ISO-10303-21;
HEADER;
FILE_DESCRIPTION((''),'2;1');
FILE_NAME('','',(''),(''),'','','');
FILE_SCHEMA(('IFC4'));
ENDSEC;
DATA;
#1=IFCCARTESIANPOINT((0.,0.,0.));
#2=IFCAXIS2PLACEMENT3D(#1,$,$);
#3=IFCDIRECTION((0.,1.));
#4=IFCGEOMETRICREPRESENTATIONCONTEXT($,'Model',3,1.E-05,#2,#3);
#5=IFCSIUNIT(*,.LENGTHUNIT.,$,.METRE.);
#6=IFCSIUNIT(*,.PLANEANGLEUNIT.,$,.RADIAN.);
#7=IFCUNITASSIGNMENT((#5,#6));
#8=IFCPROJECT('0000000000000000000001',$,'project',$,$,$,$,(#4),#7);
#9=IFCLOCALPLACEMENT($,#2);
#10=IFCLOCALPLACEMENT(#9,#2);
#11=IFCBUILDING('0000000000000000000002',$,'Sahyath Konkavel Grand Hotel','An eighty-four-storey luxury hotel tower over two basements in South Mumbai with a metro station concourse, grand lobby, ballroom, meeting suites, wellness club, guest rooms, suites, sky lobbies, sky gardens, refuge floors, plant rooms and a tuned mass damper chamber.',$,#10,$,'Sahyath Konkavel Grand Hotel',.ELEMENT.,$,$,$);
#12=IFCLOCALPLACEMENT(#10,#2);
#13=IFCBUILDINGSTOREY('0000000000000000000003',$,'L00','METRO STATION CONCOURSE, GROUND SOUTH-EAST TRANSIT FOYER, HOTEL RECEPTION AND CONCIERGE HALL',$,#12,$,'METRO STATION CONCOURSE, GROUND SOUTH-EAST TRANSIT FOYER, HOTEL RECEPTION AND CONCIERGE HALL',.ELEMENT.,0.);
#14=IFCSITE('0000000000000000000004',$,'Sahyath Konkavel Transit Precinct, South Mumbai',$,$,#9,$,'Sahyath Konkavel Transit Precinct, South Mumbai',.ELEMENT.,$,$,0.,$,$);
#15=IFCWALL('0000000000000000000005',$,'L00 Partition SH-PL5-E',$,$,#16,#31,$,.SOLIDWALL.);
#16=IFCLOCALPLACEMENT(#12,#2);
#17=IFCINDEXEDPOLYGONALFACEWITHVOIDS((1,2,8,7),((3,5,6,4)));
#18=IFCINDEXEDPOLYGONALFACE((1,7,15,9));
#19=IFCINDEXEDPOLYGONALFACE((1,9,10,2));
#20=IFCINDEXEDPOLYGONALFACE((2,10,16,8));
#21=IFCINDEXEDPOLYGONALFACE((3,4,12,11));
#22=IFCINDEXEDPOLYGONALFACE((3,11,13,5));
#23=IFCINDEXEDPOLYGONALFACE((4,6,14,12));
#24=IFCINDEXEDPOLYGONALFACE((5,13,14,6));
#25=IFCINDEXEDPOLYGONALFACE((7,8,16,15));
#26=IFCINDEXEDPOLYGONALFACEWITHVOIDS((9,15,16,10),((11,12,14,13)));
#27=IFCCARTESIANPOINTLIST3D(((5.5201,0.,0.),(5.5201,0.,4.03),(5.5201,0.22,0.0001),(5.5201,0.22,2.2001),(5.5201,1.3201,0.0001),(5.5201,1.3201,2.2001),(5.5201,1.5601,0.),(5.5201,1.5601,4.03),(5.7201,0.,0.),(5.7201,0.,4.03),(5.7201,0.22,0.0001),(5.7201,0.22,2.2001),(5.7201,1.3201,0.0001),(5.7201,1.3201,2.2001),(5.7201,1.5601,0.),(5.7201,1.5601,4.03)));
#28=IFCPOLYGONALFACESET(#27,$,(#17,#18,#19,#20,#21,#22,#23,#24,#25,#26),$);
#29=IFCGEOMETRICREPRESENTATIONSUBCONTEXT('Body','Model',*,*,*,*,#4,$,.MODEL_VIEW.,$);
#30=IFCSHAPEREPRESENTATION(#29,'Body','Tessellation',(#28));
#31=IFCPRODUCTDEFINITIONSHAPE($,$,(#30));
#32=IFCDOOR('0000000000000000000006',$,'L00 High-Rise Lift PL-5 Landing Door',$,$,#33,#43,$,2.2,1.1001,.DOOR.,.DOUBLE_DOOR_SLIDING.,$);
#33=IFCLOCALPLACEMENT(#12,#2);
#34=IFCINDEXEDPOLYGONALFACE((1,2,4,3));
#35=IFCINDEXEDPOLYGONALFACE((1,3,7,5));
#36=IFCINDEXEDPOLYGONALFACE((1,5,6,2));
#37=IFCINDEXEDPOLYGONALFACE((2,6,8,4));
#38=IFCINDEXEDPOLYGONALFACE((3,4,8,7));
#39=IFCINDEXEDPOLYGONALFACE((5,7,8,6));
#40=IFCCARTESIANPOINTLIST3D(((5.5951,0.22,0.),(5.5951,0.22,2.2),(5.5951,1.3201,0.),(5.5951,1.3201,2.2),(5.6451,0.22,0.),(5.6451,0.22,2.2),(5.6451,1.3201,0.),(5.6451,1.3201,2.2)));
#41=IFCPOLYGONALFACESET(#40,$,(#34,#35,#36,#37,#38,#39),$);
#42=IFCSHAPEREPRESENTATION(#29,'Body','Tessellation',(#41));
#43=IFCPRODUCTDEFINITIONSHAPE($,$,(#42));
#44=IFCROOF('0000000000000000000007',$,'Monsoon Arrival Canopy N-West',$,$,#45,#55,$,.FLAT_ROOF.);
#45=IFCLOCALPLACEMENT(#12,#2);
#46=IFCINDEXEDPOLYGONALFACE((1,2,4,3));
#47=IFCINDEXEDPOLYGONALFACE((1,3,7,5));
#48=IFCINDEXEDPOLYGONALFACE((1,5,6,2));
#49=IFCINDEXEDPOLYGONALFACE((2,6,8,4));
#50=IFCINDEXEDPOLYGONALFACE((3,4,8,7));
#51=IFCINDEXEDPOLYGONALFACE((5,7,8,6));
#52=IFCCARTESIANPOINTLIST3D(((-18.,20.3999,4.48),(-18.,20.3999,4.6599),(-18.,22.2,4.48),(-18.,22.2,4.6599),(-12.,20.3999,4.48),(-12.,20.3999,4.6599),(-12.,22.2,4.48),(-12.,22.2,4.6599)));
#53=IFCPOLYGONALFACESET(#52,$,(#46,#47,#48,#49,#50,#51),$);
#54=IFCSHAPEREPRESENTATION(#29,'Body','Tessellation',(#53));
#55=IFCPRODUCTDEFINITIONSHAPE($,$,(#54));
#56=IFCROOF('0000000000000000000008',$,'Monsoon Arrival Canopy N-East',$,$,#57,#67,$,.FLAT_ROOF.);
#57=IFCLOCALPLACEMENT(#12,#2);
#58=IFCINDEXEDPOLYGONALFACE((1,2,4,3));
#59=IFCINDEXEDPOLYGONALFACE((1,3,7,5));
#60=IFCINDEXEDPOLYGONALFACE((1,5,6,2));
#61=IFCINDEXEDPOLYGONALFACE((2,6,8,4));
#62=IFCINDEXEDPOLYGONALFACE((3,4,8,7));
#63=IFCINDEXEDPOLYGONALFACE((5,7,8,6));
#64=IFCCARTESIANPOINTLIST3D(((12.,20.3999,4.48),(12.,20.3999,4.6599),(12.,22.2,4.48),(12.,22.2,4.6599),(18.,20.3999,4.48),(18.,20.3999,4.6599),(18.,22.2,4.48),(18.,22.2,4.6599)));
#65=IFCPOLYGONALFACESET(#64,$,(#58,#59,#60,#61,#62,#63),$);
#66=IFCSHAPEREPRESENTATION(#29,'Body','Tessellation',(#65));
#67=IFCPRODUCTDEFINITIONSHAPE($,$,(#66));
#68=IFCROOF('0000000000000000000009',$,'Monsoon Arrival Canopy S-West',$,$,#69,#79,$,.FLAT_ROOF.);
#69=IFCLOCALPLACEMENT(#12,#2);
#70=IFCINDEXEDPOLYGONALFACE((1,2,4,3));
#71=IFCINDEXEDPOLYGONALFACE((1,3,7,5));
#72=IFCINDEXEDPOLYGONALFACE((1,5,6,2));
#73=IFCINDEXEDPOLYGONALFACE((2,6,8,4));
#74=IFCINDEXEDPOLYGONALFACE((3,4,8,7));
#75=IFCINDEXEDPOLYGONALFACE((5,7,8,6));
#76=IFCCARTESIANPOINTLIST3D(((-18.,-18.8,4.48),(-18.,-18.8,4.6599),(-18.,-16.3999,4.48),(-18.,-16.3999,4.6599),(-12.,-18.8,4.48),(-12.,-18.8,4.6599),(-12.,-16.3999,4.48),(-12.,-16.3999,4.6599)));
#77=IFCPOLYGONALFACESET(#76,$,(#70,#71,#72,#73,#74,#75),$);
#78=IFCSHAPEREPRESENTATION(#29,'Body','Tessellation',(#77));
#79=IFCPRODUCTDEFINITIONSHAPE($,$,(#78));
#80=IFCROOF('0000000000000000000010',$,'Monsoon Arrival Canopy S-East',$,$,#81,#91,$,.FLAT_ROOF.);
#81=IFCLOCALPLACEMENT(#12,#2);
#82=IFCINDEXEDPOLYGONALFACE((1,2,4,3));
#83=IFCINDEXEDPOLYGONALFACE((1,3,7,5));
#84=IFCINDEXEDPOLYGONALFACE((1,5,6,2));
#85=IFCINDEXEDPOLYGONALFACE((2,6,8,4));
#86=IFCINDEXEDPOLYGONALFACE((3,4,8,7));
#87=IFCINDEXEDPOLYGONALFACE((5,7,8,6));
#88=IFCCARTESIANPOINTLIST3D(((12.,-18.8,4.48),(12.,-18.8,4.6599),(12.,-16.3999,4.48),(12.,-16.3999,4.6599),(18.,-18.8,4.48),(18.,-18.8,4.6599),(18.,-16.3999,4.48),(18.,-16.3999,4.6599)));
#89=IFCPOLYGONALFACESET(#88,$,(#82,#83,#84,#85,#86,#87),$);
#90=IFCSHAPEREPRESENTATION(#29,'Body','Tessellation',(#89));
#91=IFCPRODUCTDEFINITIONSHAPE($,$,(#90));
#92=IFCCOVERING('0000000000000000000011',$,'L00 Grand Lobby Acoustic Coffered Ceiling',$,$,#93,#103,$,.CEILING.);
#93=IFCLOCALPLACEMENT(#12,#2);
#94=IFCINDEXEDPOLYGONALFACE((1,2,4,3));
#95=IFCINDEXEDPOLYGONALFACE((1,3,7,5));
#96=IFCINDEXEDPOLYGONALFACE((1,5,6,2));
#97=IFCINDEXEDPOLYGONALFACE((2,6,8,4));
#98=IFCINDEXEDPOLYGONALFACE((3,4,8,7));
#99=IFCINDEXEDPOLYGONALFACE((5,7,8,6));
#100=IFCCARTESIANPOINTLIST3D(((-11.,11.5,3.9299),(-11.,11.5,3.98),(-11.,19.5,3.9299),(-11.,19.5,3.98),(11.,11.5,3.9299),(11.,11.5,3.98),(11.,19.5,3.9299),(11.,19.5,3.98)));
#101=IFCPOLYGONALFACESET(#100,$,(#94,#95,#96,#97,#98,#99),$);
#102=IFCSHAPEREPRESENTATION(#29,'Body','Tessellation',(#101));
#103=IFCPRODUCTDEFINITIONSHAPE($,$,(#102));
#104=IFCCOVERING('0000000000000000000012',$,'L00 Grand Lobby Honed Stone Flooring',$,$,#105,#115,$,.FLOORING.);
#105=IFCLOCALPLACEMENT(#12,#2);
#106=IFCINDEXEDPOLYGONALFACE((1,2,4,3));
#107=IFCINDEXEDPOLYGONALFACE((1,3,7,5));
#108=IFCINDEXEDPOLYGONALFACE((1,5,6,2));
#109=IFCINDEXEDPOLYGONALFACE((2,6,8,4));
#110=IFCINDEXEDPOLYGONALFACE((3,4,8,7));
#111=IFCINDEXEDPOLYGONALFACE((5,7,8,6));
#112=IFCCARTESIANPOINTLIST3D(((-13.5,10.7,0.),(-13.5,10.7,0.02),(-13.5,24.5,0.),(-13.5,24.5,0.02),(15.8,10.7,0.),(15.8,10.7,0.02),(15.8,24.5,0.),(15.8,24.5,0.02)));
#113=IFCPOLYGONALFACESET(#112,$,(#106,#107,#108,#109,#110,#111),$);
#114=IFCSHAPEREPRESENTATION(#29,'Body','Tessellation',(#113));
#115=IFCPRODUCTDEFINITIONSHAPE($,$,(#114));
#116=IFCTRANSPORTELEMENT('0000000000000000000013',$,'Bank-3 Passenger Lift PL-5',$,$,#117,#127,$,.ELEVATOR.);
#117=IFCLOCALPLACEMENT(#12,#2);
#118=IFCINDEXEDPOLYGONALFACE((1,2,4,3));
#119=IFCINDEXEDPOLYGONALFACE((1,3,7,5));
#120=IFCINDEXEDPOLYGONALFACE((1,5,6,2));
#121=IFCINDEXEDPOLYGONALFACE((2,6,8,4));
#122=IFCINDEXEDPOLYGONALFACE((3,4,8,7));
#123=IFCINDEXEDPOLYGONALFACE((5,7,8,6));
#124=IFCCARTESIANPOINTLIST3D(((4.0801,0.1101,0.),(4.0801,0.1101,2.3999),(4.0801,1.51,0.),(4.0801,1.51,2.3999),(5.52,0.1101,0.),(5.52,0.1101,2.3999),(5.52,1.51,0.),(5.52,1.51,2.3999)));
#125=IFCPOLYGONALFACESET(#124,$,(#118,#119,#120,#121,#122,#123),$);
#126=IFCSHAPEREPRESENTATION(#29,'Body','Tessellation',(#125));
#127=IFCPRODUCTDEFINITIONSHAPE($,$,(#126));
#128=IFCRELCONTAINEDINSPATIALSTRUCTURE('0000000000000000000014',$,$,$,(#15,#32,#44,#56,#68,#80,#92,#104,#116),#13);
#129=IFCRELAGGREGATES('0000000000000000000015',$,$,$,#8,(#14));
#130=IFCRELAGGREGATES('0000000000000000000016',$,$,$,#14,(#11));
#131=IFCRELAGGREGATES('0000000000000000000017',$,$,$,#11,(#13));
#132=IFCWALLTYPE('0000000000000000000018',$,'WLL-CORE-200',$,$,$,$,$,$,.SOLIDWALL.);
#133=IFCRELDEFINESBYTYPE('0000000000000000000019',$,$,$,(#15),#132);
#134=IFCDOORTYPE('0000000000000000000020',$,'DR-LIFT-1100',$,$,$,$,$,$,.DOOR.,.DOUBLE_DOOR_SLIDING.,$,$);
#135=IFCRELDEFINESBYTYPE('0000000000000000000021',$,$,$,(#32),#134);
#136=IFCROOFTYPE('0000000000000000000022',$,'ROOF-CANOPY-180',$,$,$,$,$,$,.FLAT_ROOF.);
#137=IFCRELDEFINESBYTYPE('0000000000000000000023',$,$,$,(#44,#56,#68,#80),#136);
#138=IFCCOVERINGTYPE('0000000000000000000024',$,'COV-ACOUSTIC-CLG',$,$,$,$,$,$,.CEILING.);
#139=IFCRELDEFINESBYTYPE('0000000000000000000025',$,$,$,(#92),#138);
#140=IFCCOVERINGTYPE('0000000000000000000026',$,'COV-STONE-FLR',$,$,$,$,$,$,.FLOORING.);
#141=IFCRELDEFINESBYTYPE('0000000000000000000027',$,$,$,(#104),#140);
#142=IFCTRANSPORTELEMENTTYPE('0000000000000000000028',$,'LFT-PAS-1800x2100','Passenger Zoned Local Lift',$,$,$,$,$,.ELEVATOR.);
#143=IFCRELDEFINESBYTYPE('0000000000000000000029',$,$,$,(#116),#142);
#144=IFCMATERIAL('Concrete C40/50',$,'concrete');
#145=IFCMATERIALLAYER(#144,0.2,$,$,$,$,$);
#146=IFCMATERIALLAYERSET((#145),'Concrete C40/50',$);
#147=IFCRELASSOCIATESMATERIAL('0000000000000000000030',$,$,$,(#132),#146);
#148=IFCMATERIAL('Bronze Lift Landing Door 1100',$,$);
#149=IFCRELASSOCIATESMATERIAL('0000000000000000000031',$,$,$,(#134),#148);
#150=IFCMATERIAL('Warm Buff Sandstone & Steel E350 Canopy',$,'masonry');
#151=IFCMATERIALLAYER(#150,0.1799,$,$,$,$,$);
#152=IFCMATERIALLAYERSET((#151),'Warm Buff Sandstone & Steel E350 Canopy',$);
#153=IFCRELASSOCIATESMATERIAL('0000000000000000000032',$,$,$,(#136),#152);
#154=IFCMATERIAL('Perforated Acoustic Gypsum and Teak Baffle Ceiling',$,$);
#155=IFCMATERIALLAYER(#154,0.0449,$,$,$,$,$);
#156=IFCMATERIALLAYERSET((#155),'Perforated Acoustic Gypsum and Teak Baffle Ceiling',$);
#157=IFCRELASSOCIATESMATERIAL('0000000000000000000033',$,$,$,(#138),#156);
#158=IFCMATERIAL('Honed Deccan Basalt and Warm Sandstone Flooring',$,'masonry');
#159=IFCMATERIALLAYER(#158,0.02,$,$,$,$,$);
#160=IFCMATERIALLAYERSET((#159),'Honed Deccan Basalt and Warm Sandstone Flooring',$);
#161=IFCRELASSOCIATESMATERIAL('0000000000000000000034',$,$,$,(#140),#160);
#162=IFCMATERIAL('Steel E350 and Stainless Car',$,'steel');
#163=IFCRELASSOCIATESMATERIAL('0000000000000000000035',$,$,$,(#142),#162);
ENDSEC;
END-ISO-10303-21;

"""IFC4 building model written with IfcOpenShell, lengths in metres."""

from ifc_helpers import new_model, si_unit, direction, frame, frame_2d, origin, origin_2d, place, context, subcontext, project, spatial, polyline, rectangle, outline, extrude, source, transform, mapped, material, layer, layer_set, type_object, element, fill, save


model = new_model("IFC4")

# Units and contexts
model_context = context("Model", 3, precision=1e-05, world=origin(), true_north=direction((0.0, 1.0)))
body_context = subcontext(model_context, "Body", "Model", "MODEL_VIEW")
ifc_project = project(units=[si_unit("LENGTHUNIT", "METRE"), si_unit("PLANEANGLEUNIT", "RADIAN")], contexts=[model_context])

# Site, building, storey
site_placement = place(None, origin())
site = spatial("IfcSite", under=ifc_project, at=site_placement, Name="Sahyath Konkavel Transit Precinct, South Mumbai", LongName="Sahyath Konkavel Transit Precinct, South Mumbai", CompositionType="ELEMENT", RefElevation=0.0)
building_placement = place(site_placement, origin())
building = spatial("IfcBuilding", under=site, at=building_placement, Name="Sahyath Konkavel Grand Hotel", Description="An eighty-four-storey luxury hotel tower over two basements in South Mumbai with a metro station concourse, grand lobby, ballroom, meeting suites, wellness club, guest rooms, suites, sky lobbies, sky gardens, refuge floors, plant rooms and a tuned mass damper chamber.", LongName="Sahyath Konkavel Grand Hotel", CompositionType="ELEMENT")
storey_placement = place(building_placement, origin())
storey = spatial("IfcBuildingStorey", under=building, at=storey_placement, Name="L00", Description="METRO STATION CONCOURSE, GROUND SOUTH-EAST TRANSIT FOYER, HOTEL RECEPTION AND CONCIERGE HALL", LongName="METRO STATION CONCOURSE, GROUND SOUTH-EAST TRANSIT FOYER, HOTEL RECEPTION AND CONCIERGE HALL", CompositionType="ELEMENT", Elevation=0.0)

# Shared definitions
ifc_material_1 = material(Name="Concrete C40/50", Category="concrete")
ifc_layer_1 = layer(ifc_material_1, 0.2)
ifc_layer_set_1 = layer_set([ifc_layer_1], Name="Concrete C40/50")
wall_type = type_object("IfcWallType", Name="WLL-CORE-200", PredefinedType="SOLIDWALL", material=ifc_layer_set_1)

# Shared definitions
ifc_material_2 = material(Name="Bronze Lift Landing Door 1100")
door_type_1 = type_object("IfcDoorType", Name="DR-LIFT-1100", OperationType="DOUBLE_DOOR_SLIDING", PredefinedType="DOOR", material=ifc_material_2)
shared_shape_1 = source(origin(), body_context, "Body", "SweptSolid", [
    extrude(rectangle(XDim=1.1001, YDim=0.05, at=origin_2d()), origin(), (0.0, 0.0, 1.0), 2.2),
])

# Wall, opening, door
wall_1_placement = place(storey_placement, frame((5.6201, 0.0, 0.0), z_axis=(0.0, 0.0, 1.0), x_axis=(0.0, 1.0, 0.0)))
wall_1 = element("IfcWall", 1, at=wall_1_placement, inside=storey, type_object=wall_type, Name="L00 Partition SH-PL5-E", PredefinedType="SOLIDWALL", context=body_context, shape_type="SweptSolid", body=[
    extrude(rectangle(XDim=1.5601, YDim=0.2, at=frame_2d((0.78, 0.0))), origin(), (0.0, 0.0, 1.0), 4.03),
])
opening_1_placement = place(wall_1_placement, frame((0.22, 0.0, 0.0)))
opening_1 = element("IfcOpeningElement", 2, at=opening_1_placement, cuts=wall_1, PredefinedType="OPENING", context=body_context, shape_type="SweptSolid", body=[
    extrude(rectangle(XDim=1.1001, YDim=2.2, at=frame_2d((0.55, 1.1001))), frame((0.0, 0.1099, 0.0), z_axis=(0.0, -1.0, 0.0), x_axis=(1.0, 0.0, 0.0)), (0.0, 0.0, 1.0), 0.22),
])
door_1_placement = place(opening_1_placement, frame((0.55, 0.0, 0.0)))
door_1 = element("IfcDoor", 3, at=door_1_placement, inside=storey, type_object=door_type_1, Name="L00 High-Rise Lift PL-5 Landing Door", OperationType="DOUBLE_DOOR_SLIDING", OverallHeight=2.2, OverallWidth=1.1001, PredefinedType="DOOR", context=body_context, shape_type="MappedRepresentation", body=[
    mapped(shared_shape_1, transform((0.0, 0.0, 0.0), scale=1.0)),
])
fill(opening_1, door_1)

# Roofs
ifc_material_3 = material(Name="Warm Buff Sandstone & Steel E350 Canopy", Category="masonry")
ifc_layer_2 = layer(ifc_material_3, 0.1799)
ifc_layer_set_2 = layer_set([ifc_layer_2], Name="Warm Buff Sandstone & Steel E350 Canopy")
roof_type = type_object("IfcRoofType", Name="ROOF-CANOPY-180", PredefinedType="FLAT_ROOF", material=ifc_layer_set_2)
roof_1_placement = place(storey_placement, frame((0.0, 0.0, 4.48)))
element("IfcRoof", 4, at=roof_1_placement, inside=storey, type_object=roof_type, Name="Monsoon Arrival Canopy N-West", PredefinedType="FLAT_ROOF", context=body_context, shape_type="SweptSolid", body=[
    extrude(outline(polyline([(-18.0, 20.3999), (-12.0, 20.3999), (-12.0, 22.2), (-18.0, 22.2), (-18.0, 20.3999)])), origin(), (0.0, 0.0, 1.0), 0.1799),
])
roof_2_placement = place(storey_placement, frame((0.0, 0.0, 4.48)))
element("IfcRoof", 5, at=roof_2_placement, inside=storey, type_object=roof_type, Name="Monsoon Arrival Canopy N-East", PredefinedType="FLAT_ROOF", context=body_context, shape_type="SweptSolid", body=[
    extrude(outline(polyline([(12.0, 20.3999), (18.0, 20.3999), (18.0, 22.2), (12.0, 22.2), (12.0, 20.3999)])), origin(), (0.0, 0.0, 1.0), 0.1799),
])
roof_3_placement = place(storey_placement, frame((0.0, 0.0, 4.48)))
element("IfcRoof", 6, at=roof_3_placement, inside=storey, type_object=roof_type, Name="Monsoon Arrival Canopy S-West", PredefinedType="FLAT_ROOF", context=body_context, shape_type="SweptSolid", body=[
    extrude(outline(polyline([(-18.0, -18.8), (-12.0, -18.8), (-12.0, -16.3999), (-18.0, -16.3999), (-18.0, -18.8)])), origin(), (0.0, 0.0, 1.0), 0.1799),
])
roof_4_placement = place(storey_placement, frame((0.0, 0.0, 4.48)))
element("IfcRoof", 7, at=roof_4_placement, inside=storey, type_object=roof_type, Name="Monsoon Arrival Canopy S-East", PredefinedType="FLAT_ROOF", context=body_context, shape_type="SweptSolid", body=[
    extrude(outline(polyline([(12.0, -18.8), (18.0, -18.8), (18.0, -16.3999), (12.0, -16.3999), (12.0, -18.8)])), origin(), (0.0, 0.0, 1.0), 0.1799),
])

# Coverings
ifc_material_4 = material(Name="Perforated Acoustic Gypsum and Teak Baffle Ceiling")
ifc_layer_3 = layer(ifc_material_4, 0.0449)
ifc_layer_set_3 = layer_set([ifc_layer_3], Name="Perforated Acoustic Gypsum and Teak Baffle Ceiling")
covering_type_1 = type_object("IfcCoveringType", Name="COV-ACOUSTIC-CLG", PredefinedType="CEILING", material=ifc_layer_set_3)
covering_1_placement = place(storey_placement, frame((0.0, 0.0, 3.9299)))
element("IfcCovering", 8, at=covering_1_placement, inside=storey, type_object=covering_type_1, Name="L00 Grand Lobby Acoustic Coffered Ceiling", PredefinedType="CEILING", context=body_context, shape_type="SweptSolid", body=[
    extrude(outline(polyline([(-11.0, 11.5), (11.0, 11.5), (11.0, 19.5), (-11.0, 19.5), (-11.0, 11.5)])), origin(), (0.0, 0.0, 1.0), 0.05),
])
ifc_material_5 = material(Name="Honed Deccan Basalt and Warm Sandstone Flooring", Category="masonry")
ifc_layer_4 = layer(ifc_material_5, 0.02)
ifc_layer_set_4 = layer_set([ifc_layer_4], Name="Honed Deccan Basalt and Warm Sandstone Flooring")
covering_type_2 = type_object("IfcCoveringType", Name="COV-STONE-FLR", PredefinedType="FLOORING", material=ifc_layer_set_4)
covering_2_placement = place(storey_placement, origin())
element("IfcCovering", 9, at=covering_2_placement, inside=storey, type_object=covering_type_2, Name="L00 Grand Lobby Honed Stone Flooring", PredefinedType="FLOORING", context=body_context, shape_type="SweptSolid", body=[
    extrude(outline(polyline([(-13.5, 10.7), (15.8, 10.7), (15.8, 24.5), (-13.5, 24.5), (-13.5, 10.7)])), origin(), (0.0, 0.0, 1.0), 0.02),
])

# Transport element
ifc_material_6 = material(Name="Steel E350 and Stainless Car", Category="steel")
transport_element_type = type_object("IfcTransportElementType", Name="LFT-PAS-1800x2100", Description="Passenger Zoned Local Lift", PredefinedType="ELEVATOR", material=ifc_material_6)
shared_shape_2 = source(origin(), body_context, "Body", "SweptSolid", [
    extrude(rectangle(XDim=1.4399, YDim=1.3999, at=origin_2d()), origin(), (0.0, 0.0, 1.0), 2.3999),
])
transport_element_placement = place(storey_placement, frame((4.8, 0.8101, 0.0), z_axis=(0.0, 0.0, 1.0), x_axis=(1.0, 0.0, 0.0)))
element("IfcTransportElement", 10, at=transport_element_placement, inside=storey, type_object=transport_element_type, Name="Bank-3 Passenger Lift PL-5", PredefinedType="ELEVATOR", context=body_context, shape_type="MappedRepresentation", body=[
    mapped(shared_shape_2, transform((0.0, 0.0, 0.0), scale=1.0)),
])

save(model, "model.ifc")
